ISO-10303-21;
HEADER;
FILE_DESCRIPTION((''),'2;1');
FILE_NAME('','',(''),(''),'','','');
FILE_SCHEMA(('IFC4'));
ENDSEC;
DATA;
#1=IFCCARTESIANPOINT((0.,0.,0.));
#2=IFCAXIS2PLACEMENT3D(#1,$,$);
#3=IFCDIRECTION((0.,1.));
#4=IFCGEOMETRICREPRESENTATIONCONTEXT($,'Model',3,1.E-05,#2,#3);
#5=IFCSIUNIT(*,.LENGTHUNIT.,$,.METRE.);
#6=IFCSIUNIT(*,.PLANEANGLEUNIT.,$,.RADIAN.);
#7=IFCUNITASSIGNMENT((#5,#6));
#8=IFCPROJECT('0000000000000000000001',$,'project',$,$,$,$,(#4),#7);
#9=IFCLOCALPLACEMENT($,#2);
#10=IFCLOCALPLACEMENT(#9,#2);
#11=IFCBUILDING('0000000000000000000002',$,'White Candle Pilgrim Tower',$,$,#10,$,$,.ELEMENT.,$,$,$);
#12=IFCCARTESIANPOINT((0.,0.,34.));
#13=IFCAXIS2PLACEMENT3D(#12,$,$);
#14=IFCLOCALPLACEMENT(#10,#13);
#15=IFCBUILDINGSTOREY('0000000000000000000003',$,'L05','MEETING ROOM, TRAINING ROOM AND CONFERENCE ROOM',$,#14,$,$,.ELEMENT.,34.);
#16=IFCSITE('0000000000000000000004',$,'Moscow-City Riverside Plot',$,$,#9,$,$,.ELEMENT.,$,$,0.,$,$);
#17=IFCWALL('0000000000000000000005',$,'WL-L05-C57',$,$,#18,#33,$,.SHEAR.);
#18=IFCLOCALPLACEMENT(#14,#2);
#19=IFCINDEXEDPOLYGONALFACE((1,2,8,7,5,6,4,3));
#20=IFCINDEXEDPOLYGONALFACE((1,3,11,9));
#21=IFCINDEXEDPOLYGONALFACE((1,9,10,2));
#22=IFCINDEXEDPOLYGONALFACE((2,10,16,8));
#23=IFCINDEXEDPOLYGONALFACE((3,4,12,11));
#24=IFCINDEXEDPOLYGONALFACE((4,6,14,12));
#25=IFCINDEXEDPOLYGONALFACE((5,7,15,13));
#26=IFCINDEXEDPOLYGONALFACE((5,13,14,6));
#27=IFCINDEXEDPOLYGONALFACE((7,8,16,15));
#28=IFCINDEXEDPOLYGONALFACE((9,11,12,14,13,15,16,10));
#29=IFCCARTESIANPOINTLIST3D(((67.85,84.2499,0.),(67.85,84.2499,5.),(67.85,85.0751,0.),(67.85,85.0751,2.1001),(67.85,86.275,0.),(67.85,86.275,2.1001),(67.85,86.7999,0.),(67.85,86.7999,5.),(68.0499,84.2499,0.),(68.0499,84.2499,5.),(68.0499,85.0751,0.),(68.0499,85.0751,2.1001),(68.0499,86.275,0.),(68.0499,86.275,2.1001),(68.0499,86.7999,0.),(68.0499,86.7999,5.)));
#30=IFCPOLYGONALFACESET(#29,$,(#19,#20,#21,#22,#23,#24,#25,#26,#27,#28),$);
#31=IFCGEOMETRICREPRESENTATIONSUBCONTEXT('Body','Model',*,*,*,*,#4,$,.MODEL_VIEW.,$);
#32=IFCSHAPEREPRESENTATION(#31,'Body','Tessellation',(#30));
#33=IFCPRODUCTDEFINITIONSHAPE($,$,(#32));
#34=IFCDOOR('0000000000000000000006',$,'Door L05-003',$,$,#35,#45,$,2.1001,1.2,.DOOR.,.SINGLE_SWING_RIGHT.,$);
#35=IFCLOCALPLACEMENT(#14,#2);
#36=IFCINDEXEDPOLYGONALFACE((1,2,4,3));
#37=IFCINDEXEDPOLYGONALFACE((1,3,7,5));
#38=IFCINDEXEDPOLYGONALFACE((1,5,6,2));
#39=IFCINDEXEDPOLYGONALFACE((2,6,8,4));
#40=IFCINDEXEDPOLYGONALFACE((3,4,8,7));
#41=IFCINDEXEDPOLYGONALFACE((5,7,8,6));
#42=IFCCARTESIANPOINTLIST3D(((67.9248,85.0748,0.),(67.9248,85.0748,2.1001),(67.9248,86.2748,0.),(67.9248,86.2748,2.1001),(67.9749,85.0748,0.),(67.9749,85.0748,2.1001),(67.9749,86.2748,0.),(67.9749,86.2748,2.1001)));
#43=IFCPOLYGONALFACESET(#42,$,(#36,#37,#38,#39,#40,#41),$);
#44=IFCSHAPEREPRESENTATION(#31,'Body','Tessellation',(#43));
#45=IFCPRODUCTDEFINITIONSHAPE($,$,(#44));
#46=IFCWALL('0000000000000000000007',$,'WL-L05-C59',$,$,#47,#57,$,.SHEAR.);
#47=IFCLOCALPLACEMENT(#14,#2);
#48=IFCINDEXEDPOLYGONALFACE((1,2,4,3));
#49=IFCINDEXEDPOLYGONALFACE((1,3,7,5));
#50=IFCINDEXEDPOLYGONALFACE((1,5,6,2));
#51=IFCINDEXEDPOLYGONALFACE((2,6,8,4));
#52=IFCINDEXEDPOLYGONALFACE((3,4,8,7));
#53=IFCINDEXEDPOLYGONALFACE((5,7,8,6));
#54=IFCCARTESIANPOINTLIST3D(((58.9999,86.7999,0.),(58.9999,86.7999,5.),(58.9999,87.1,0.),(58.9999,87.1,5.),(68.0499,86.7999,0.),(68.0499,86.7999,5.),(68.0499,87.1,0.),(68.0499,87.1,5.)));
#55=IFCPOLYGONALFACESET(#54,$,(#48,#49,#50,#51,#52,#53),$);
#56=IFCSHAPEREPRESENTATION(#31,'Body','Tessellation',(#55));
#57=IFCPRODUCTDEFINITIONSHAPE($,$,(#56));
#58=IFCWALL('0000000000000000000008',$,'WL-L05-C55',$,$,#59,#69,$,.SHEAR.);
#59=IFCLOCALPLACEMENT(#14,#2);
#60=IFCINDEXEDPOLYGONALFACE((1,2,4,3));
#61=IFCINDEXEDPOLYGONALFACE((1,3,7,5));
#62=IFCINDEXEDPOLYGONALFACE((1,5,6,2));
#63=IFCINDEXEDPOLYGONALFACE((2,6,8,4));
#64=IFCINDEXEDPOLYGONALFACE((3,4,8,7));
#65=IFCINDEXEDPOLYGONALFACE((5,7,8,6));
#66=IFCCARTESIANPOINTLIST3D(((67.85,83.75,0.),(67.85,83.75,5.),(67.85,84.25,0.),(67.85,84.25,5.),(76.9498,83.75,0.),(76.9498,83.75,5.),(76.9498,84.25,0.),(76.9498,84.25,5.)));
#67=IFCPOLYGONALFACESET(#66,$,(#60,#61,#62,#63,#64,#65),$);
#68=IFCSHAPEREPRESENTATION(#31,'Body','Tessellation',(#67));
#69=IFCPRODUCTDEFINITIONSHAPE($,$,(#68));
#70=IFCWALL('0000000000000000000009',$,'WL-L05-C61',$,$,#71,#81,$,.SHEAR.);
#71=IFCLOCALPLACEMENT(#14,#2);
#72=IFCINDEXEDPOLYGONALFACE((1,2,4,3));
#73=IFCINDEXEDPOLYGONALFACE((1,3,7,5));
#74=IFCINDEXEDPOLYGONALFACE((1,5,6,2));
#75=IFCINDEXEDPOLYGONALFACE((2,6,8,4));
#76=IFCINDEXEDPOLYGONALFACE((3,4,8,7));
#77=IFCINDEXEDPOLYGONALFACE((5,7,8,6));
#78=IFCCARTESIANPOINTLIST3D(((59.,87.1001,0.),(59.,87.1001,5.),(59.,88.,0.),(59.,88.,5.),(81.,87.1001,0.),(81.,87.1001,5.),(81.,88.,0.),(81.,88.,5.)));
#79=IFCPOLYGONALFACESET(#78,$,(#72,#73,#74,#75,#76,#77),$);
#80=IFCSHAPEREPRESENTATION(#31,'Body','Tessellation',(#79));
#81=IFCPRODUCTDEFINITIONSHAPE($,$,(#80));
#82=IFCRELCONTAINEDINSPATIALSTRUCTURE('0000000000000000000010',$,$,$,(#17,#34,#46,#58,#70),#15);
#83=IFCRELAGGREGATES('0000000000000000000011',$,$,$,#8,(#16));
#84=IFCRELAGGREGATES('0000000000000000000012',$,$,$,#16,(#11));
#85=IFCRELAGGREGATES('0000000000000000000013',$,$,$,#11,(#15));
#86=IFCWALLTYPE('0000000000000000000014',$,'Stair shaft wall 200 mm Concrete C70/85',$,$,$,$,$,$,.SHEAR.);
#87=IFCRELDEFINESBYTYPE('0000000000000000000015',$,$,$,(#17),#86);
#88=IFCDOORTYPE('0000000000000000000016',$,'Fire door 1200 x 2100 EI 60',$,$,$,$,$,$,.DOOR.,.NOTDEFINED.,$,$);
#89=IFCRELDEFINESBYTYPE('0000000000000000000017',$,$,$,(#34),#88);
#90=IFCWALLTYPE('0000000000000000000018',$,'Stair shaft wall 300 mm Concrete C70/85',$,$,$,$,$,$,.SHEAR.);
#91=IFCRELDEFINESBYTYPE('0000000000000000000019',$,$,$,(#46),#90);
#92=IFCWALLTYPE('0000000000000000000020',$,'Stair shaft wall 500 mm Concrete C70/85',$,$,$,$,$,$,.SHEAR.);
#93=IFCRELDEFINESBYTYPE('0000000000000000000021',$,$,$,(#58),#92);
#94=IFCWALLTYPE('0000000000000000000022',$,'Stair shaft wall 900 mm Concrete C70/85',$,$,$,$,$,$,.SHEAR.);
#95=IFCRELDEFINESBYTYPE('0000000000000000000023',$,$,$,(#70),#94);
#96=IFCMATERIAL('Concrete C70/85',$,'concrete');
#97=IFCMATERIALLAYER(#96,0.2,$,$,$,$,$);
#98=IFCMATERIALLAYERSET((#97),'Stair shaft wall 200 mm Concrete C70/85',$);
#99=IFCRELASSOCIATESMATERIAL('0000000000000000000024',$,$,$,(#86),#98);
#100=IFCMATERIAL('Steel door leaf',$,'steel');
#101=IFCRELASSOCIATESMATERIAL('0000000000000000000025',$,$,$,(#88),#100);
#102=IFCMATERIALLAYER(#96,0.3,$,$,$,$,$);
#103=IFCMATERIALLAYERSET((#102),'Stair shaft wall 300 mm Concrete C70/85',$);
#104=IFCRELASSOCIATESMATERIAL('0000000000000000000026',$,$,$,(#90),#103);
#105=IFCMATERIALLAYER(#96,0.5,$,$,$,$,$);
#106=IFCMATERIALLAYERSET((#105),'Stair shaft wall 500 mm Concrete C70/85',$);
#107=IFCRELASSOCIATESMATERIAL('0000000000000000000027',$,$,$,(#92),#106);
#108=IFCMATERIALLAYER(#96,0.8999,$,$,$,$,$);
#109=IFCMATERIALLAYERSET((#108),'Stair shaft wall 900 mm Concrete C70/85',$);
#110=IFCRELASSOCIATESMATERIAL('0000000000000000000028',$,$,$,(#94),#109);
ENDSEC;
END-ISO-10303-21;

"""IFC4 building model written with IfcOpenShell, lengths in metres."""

from ifc_helpers import new_model, si_unit, direction, frame, frame_2d, origin, place, context, subcontext, project, spatial, rectangle, extrude, material, layer, layer_set, type_object, element, fill, save


model = new_model("IFC4")

# Units and contexts
model_context = context("Model", 3, precision=1e-05, world=origin(), true_north=direction((0.0, 1.0)))
body_context = subcontext(model_context, "Body", "Model", "MODEL_VIEW")
ifc_project = project(units=[si_unit("LENGTHUNIT", "METRE"), si_unit("PLANEANGLEUNIT", "RADIAN")], contexts=[model_context])

# Site, building, storey
site_placement = place(None, origin())
site = spatial("IfcSite", under=ifc_project, at=site_placement, Name="Moscow-City Riverside Plot", CompositionType="ELEMENT", RefElevation=0.0)
building_placement = place(site_placement, origin())
building = spatial("IfcBuilding", under=site, at=building_placement, Name="White Candle Pilgrim Tower", CompositionType="ELEMENT")
storey_placement = place(building_placement, frame((0.0, 0.0, 34.0)))
storey = spatial("IfcBuildingStorey", under=building, at=storey_placement, Name="L05", Description="MEETING ROOM, TRAINING ROOM AND CONFERENCE ROOM", CompositionType="ELEMENT", Elevation=34.0)

# Shared definitions
ifc_material_1 = material(Name="Concrete C70/85", Category="concrete")
ifc_material_2 = material(Name="Steel door leaf", Category="steel")

# Shared definitions
ifc_layer_1 = layer(ifc_material_1, 0.2)
ifc_layer_set_1 = layer_set([ifc_layer_1], Name="Stair shaft wall 200 mm Concrete C70/85")
wall_type_1 = type_object("IfcWallType", Name="Stair shaft wall 200 mm Concrete C70/85", PredefinedType="SHEAR", material=ifc_layer_set_1)

# Wall, opening, door
wall_1_placement = place(storey_placement, frame((67.95, 84.25, 0.0), z_axis=(0.0, 0.0, 1.0), x_axis=(0.0, 1.0, 0.0)))
wall_1 = element("IfcWall", 1, at=wall_1_placement, inside=storey, type_object=wall_type_1, Name="WL-L05-C57", PredefinedType="SHEAR", context=body_context, shape_type="SweptSolid", body=[
    extrude(rectangle(XDim=2.55, YDim=0.2, at=frame_2d((1.2749, 0.0))), origin(), (0.0, 0.0, 1.0), 5.0),
])
opening_1_placement = place(wall_1_placement, frame((0.825, 0.0, 0.0)))
opening_1 = element("IfcOpeningElement", 2, at=opening_1_placement, cuts=wall_1, PredefinedType="OPENING", context=body_context, shape_type="SweptSolid", body=[
    extrude(rectangle(XDim=1.2, YDim=2.1001, at=frame_2d((0.6001, 1.05))), frame((0.0, 0.1099, 0.0), z_axis=(0.0, -1.0, 0.0), x_axis=(1.0, 0.0, 0.0)), (0.0, 0.0, 1.0), 0.22),
])
door_type_1 = type_object("IfcDoorType", Name="Fire door 1200 x 2100 EI 60", OperationType="NOTDEFINED", PredefinedType="DOOR", material=ifc_material_2)
door_1_placement = place(opening_1_placement, frame((1.2, 0.0, 0.0), z_axis=(0.0, 0.0, 1.0), x_axis=(-1.0, 0.0, 0.0)))
door_1 = element("IfcDoor", 3, at=door_1_placement, inside=storey, type_object=door_type_1, Name="Door L05-003", OperationType="SINGLE_SWING_RIGHT", OverallHeight=2.1001, OverallWidth=1.2, PredefinedType="DOOR", context=body_context, shape_type="SweptSolid", body=[
    extrude(rectangle(XDim=1.2, YDim=2.1001, at=frame_2d((0.6001, 1.05))), frame((0.0, 0.0249, 0.0), z_axis=(0.0, -1.0, 0.0), x_axis=(1.0, 0.0, 0.0)), (0.0, 0.0, 1.0), 0.05),
])
fill(opening_1, door_1)

# Walls
ifc_layer_2 = layer(ifc_material_1, 0.3)
ifc_layer_set_2 = layer_set([ifc_layer_2], Name="Stair shaft wall 300 mm Concrete C70/85")
wall_type_2 = type_object("IfcWallType", Name="Stair shaft wall 300 mm Concrete C70/85", PredefinedType="SHEAR", material=ifc_layer_set_2)
wall_2_placement = place(storey_placement, frame((59.0, 86.95, 0.0), z_axis=(0.0, 0.0, 1.0), x_axis=(1.0, 0.0, 0.0)))
element("IfcWall", 4, at=wall_2_placement, inside=storey, type_object=wall_type_2, Name="WL-L05-C59", PredefinedType="SHEAR", context=body_context, shape_type="SweptSolid", body=[
    extrude(rectangle(XDim=9.05, YDim=0.3, at=frame_2d((4.5249, 0.0))), origin(), (0.0, 0.0, 1.0), 5.0),
])
ifc_layer_3 = layer(ifc_material_1, 0.5)
ifc_layer_set_3 = layer_set([ifc_layer_3], Name="Stair shaft wall 500 mm Concrete C70/85")
wall_type_3 = type_object("IfcWallType", Name="Stair shaft wall 500 mm Concrete C70/85", PredefinedType="SHEAR", material=ifc_layer_set_3)
wall_3_placement = place(storey_placement, frame((67.8501, 84.0, 0.0), z_axis=(0.0, 0.0, 1.0), x_axis=(1.0, 0.0, 0.0)))
element("IfcWall", 5, at=wall_3_placement, inside=storey, type_object=wall_type_3, Name="WL-L05-C55", PredefinedType="SHEAR", context=body_context, shape_type="SweptSolid", body=[
    extrude(rectangle(XDim=9.0999, YDim=0.5, at=frame_2d((4.5498, 0.0))), origin(), (0.0, 0.0, 1.0), 5.0),
])
ifc_layer_4 = layer(ifc_material_1, 0.8999)
ifc_layer_set_4 = layer_set([ifc_layer_4], Name="Stair shaft wall 900 mm Concrete C70/85")
wall_type_4 = type_object("IfcWallType", Name="Stair shaft wall 900 mm Concrete C70/85", PredefinedType="SHEAR", material=ifc_layer_set_4)
wall_4_placement = place(storey_placement, frame((59.0, 87.55, 0.0), z_axis=(0.0, 0.0, 1.0), x_axis=(1.0, 0.0, 0.0)))
element("IfcWall", 6, at=wall_4_placement, inside=storey, type_object=wall_type_4, Name="WL-L05-C61", PredefinedType="SHEAR", context=body_context, shape_type="SweptSolid", body=[
    extrude(rectangle(XDim=22.0, YDim=0.8999, at=frame_2d((11.0, 0.0))), origin(), (0.0, 0.0, 1.0), 5.0),
])

save(model, "model.ifc")
